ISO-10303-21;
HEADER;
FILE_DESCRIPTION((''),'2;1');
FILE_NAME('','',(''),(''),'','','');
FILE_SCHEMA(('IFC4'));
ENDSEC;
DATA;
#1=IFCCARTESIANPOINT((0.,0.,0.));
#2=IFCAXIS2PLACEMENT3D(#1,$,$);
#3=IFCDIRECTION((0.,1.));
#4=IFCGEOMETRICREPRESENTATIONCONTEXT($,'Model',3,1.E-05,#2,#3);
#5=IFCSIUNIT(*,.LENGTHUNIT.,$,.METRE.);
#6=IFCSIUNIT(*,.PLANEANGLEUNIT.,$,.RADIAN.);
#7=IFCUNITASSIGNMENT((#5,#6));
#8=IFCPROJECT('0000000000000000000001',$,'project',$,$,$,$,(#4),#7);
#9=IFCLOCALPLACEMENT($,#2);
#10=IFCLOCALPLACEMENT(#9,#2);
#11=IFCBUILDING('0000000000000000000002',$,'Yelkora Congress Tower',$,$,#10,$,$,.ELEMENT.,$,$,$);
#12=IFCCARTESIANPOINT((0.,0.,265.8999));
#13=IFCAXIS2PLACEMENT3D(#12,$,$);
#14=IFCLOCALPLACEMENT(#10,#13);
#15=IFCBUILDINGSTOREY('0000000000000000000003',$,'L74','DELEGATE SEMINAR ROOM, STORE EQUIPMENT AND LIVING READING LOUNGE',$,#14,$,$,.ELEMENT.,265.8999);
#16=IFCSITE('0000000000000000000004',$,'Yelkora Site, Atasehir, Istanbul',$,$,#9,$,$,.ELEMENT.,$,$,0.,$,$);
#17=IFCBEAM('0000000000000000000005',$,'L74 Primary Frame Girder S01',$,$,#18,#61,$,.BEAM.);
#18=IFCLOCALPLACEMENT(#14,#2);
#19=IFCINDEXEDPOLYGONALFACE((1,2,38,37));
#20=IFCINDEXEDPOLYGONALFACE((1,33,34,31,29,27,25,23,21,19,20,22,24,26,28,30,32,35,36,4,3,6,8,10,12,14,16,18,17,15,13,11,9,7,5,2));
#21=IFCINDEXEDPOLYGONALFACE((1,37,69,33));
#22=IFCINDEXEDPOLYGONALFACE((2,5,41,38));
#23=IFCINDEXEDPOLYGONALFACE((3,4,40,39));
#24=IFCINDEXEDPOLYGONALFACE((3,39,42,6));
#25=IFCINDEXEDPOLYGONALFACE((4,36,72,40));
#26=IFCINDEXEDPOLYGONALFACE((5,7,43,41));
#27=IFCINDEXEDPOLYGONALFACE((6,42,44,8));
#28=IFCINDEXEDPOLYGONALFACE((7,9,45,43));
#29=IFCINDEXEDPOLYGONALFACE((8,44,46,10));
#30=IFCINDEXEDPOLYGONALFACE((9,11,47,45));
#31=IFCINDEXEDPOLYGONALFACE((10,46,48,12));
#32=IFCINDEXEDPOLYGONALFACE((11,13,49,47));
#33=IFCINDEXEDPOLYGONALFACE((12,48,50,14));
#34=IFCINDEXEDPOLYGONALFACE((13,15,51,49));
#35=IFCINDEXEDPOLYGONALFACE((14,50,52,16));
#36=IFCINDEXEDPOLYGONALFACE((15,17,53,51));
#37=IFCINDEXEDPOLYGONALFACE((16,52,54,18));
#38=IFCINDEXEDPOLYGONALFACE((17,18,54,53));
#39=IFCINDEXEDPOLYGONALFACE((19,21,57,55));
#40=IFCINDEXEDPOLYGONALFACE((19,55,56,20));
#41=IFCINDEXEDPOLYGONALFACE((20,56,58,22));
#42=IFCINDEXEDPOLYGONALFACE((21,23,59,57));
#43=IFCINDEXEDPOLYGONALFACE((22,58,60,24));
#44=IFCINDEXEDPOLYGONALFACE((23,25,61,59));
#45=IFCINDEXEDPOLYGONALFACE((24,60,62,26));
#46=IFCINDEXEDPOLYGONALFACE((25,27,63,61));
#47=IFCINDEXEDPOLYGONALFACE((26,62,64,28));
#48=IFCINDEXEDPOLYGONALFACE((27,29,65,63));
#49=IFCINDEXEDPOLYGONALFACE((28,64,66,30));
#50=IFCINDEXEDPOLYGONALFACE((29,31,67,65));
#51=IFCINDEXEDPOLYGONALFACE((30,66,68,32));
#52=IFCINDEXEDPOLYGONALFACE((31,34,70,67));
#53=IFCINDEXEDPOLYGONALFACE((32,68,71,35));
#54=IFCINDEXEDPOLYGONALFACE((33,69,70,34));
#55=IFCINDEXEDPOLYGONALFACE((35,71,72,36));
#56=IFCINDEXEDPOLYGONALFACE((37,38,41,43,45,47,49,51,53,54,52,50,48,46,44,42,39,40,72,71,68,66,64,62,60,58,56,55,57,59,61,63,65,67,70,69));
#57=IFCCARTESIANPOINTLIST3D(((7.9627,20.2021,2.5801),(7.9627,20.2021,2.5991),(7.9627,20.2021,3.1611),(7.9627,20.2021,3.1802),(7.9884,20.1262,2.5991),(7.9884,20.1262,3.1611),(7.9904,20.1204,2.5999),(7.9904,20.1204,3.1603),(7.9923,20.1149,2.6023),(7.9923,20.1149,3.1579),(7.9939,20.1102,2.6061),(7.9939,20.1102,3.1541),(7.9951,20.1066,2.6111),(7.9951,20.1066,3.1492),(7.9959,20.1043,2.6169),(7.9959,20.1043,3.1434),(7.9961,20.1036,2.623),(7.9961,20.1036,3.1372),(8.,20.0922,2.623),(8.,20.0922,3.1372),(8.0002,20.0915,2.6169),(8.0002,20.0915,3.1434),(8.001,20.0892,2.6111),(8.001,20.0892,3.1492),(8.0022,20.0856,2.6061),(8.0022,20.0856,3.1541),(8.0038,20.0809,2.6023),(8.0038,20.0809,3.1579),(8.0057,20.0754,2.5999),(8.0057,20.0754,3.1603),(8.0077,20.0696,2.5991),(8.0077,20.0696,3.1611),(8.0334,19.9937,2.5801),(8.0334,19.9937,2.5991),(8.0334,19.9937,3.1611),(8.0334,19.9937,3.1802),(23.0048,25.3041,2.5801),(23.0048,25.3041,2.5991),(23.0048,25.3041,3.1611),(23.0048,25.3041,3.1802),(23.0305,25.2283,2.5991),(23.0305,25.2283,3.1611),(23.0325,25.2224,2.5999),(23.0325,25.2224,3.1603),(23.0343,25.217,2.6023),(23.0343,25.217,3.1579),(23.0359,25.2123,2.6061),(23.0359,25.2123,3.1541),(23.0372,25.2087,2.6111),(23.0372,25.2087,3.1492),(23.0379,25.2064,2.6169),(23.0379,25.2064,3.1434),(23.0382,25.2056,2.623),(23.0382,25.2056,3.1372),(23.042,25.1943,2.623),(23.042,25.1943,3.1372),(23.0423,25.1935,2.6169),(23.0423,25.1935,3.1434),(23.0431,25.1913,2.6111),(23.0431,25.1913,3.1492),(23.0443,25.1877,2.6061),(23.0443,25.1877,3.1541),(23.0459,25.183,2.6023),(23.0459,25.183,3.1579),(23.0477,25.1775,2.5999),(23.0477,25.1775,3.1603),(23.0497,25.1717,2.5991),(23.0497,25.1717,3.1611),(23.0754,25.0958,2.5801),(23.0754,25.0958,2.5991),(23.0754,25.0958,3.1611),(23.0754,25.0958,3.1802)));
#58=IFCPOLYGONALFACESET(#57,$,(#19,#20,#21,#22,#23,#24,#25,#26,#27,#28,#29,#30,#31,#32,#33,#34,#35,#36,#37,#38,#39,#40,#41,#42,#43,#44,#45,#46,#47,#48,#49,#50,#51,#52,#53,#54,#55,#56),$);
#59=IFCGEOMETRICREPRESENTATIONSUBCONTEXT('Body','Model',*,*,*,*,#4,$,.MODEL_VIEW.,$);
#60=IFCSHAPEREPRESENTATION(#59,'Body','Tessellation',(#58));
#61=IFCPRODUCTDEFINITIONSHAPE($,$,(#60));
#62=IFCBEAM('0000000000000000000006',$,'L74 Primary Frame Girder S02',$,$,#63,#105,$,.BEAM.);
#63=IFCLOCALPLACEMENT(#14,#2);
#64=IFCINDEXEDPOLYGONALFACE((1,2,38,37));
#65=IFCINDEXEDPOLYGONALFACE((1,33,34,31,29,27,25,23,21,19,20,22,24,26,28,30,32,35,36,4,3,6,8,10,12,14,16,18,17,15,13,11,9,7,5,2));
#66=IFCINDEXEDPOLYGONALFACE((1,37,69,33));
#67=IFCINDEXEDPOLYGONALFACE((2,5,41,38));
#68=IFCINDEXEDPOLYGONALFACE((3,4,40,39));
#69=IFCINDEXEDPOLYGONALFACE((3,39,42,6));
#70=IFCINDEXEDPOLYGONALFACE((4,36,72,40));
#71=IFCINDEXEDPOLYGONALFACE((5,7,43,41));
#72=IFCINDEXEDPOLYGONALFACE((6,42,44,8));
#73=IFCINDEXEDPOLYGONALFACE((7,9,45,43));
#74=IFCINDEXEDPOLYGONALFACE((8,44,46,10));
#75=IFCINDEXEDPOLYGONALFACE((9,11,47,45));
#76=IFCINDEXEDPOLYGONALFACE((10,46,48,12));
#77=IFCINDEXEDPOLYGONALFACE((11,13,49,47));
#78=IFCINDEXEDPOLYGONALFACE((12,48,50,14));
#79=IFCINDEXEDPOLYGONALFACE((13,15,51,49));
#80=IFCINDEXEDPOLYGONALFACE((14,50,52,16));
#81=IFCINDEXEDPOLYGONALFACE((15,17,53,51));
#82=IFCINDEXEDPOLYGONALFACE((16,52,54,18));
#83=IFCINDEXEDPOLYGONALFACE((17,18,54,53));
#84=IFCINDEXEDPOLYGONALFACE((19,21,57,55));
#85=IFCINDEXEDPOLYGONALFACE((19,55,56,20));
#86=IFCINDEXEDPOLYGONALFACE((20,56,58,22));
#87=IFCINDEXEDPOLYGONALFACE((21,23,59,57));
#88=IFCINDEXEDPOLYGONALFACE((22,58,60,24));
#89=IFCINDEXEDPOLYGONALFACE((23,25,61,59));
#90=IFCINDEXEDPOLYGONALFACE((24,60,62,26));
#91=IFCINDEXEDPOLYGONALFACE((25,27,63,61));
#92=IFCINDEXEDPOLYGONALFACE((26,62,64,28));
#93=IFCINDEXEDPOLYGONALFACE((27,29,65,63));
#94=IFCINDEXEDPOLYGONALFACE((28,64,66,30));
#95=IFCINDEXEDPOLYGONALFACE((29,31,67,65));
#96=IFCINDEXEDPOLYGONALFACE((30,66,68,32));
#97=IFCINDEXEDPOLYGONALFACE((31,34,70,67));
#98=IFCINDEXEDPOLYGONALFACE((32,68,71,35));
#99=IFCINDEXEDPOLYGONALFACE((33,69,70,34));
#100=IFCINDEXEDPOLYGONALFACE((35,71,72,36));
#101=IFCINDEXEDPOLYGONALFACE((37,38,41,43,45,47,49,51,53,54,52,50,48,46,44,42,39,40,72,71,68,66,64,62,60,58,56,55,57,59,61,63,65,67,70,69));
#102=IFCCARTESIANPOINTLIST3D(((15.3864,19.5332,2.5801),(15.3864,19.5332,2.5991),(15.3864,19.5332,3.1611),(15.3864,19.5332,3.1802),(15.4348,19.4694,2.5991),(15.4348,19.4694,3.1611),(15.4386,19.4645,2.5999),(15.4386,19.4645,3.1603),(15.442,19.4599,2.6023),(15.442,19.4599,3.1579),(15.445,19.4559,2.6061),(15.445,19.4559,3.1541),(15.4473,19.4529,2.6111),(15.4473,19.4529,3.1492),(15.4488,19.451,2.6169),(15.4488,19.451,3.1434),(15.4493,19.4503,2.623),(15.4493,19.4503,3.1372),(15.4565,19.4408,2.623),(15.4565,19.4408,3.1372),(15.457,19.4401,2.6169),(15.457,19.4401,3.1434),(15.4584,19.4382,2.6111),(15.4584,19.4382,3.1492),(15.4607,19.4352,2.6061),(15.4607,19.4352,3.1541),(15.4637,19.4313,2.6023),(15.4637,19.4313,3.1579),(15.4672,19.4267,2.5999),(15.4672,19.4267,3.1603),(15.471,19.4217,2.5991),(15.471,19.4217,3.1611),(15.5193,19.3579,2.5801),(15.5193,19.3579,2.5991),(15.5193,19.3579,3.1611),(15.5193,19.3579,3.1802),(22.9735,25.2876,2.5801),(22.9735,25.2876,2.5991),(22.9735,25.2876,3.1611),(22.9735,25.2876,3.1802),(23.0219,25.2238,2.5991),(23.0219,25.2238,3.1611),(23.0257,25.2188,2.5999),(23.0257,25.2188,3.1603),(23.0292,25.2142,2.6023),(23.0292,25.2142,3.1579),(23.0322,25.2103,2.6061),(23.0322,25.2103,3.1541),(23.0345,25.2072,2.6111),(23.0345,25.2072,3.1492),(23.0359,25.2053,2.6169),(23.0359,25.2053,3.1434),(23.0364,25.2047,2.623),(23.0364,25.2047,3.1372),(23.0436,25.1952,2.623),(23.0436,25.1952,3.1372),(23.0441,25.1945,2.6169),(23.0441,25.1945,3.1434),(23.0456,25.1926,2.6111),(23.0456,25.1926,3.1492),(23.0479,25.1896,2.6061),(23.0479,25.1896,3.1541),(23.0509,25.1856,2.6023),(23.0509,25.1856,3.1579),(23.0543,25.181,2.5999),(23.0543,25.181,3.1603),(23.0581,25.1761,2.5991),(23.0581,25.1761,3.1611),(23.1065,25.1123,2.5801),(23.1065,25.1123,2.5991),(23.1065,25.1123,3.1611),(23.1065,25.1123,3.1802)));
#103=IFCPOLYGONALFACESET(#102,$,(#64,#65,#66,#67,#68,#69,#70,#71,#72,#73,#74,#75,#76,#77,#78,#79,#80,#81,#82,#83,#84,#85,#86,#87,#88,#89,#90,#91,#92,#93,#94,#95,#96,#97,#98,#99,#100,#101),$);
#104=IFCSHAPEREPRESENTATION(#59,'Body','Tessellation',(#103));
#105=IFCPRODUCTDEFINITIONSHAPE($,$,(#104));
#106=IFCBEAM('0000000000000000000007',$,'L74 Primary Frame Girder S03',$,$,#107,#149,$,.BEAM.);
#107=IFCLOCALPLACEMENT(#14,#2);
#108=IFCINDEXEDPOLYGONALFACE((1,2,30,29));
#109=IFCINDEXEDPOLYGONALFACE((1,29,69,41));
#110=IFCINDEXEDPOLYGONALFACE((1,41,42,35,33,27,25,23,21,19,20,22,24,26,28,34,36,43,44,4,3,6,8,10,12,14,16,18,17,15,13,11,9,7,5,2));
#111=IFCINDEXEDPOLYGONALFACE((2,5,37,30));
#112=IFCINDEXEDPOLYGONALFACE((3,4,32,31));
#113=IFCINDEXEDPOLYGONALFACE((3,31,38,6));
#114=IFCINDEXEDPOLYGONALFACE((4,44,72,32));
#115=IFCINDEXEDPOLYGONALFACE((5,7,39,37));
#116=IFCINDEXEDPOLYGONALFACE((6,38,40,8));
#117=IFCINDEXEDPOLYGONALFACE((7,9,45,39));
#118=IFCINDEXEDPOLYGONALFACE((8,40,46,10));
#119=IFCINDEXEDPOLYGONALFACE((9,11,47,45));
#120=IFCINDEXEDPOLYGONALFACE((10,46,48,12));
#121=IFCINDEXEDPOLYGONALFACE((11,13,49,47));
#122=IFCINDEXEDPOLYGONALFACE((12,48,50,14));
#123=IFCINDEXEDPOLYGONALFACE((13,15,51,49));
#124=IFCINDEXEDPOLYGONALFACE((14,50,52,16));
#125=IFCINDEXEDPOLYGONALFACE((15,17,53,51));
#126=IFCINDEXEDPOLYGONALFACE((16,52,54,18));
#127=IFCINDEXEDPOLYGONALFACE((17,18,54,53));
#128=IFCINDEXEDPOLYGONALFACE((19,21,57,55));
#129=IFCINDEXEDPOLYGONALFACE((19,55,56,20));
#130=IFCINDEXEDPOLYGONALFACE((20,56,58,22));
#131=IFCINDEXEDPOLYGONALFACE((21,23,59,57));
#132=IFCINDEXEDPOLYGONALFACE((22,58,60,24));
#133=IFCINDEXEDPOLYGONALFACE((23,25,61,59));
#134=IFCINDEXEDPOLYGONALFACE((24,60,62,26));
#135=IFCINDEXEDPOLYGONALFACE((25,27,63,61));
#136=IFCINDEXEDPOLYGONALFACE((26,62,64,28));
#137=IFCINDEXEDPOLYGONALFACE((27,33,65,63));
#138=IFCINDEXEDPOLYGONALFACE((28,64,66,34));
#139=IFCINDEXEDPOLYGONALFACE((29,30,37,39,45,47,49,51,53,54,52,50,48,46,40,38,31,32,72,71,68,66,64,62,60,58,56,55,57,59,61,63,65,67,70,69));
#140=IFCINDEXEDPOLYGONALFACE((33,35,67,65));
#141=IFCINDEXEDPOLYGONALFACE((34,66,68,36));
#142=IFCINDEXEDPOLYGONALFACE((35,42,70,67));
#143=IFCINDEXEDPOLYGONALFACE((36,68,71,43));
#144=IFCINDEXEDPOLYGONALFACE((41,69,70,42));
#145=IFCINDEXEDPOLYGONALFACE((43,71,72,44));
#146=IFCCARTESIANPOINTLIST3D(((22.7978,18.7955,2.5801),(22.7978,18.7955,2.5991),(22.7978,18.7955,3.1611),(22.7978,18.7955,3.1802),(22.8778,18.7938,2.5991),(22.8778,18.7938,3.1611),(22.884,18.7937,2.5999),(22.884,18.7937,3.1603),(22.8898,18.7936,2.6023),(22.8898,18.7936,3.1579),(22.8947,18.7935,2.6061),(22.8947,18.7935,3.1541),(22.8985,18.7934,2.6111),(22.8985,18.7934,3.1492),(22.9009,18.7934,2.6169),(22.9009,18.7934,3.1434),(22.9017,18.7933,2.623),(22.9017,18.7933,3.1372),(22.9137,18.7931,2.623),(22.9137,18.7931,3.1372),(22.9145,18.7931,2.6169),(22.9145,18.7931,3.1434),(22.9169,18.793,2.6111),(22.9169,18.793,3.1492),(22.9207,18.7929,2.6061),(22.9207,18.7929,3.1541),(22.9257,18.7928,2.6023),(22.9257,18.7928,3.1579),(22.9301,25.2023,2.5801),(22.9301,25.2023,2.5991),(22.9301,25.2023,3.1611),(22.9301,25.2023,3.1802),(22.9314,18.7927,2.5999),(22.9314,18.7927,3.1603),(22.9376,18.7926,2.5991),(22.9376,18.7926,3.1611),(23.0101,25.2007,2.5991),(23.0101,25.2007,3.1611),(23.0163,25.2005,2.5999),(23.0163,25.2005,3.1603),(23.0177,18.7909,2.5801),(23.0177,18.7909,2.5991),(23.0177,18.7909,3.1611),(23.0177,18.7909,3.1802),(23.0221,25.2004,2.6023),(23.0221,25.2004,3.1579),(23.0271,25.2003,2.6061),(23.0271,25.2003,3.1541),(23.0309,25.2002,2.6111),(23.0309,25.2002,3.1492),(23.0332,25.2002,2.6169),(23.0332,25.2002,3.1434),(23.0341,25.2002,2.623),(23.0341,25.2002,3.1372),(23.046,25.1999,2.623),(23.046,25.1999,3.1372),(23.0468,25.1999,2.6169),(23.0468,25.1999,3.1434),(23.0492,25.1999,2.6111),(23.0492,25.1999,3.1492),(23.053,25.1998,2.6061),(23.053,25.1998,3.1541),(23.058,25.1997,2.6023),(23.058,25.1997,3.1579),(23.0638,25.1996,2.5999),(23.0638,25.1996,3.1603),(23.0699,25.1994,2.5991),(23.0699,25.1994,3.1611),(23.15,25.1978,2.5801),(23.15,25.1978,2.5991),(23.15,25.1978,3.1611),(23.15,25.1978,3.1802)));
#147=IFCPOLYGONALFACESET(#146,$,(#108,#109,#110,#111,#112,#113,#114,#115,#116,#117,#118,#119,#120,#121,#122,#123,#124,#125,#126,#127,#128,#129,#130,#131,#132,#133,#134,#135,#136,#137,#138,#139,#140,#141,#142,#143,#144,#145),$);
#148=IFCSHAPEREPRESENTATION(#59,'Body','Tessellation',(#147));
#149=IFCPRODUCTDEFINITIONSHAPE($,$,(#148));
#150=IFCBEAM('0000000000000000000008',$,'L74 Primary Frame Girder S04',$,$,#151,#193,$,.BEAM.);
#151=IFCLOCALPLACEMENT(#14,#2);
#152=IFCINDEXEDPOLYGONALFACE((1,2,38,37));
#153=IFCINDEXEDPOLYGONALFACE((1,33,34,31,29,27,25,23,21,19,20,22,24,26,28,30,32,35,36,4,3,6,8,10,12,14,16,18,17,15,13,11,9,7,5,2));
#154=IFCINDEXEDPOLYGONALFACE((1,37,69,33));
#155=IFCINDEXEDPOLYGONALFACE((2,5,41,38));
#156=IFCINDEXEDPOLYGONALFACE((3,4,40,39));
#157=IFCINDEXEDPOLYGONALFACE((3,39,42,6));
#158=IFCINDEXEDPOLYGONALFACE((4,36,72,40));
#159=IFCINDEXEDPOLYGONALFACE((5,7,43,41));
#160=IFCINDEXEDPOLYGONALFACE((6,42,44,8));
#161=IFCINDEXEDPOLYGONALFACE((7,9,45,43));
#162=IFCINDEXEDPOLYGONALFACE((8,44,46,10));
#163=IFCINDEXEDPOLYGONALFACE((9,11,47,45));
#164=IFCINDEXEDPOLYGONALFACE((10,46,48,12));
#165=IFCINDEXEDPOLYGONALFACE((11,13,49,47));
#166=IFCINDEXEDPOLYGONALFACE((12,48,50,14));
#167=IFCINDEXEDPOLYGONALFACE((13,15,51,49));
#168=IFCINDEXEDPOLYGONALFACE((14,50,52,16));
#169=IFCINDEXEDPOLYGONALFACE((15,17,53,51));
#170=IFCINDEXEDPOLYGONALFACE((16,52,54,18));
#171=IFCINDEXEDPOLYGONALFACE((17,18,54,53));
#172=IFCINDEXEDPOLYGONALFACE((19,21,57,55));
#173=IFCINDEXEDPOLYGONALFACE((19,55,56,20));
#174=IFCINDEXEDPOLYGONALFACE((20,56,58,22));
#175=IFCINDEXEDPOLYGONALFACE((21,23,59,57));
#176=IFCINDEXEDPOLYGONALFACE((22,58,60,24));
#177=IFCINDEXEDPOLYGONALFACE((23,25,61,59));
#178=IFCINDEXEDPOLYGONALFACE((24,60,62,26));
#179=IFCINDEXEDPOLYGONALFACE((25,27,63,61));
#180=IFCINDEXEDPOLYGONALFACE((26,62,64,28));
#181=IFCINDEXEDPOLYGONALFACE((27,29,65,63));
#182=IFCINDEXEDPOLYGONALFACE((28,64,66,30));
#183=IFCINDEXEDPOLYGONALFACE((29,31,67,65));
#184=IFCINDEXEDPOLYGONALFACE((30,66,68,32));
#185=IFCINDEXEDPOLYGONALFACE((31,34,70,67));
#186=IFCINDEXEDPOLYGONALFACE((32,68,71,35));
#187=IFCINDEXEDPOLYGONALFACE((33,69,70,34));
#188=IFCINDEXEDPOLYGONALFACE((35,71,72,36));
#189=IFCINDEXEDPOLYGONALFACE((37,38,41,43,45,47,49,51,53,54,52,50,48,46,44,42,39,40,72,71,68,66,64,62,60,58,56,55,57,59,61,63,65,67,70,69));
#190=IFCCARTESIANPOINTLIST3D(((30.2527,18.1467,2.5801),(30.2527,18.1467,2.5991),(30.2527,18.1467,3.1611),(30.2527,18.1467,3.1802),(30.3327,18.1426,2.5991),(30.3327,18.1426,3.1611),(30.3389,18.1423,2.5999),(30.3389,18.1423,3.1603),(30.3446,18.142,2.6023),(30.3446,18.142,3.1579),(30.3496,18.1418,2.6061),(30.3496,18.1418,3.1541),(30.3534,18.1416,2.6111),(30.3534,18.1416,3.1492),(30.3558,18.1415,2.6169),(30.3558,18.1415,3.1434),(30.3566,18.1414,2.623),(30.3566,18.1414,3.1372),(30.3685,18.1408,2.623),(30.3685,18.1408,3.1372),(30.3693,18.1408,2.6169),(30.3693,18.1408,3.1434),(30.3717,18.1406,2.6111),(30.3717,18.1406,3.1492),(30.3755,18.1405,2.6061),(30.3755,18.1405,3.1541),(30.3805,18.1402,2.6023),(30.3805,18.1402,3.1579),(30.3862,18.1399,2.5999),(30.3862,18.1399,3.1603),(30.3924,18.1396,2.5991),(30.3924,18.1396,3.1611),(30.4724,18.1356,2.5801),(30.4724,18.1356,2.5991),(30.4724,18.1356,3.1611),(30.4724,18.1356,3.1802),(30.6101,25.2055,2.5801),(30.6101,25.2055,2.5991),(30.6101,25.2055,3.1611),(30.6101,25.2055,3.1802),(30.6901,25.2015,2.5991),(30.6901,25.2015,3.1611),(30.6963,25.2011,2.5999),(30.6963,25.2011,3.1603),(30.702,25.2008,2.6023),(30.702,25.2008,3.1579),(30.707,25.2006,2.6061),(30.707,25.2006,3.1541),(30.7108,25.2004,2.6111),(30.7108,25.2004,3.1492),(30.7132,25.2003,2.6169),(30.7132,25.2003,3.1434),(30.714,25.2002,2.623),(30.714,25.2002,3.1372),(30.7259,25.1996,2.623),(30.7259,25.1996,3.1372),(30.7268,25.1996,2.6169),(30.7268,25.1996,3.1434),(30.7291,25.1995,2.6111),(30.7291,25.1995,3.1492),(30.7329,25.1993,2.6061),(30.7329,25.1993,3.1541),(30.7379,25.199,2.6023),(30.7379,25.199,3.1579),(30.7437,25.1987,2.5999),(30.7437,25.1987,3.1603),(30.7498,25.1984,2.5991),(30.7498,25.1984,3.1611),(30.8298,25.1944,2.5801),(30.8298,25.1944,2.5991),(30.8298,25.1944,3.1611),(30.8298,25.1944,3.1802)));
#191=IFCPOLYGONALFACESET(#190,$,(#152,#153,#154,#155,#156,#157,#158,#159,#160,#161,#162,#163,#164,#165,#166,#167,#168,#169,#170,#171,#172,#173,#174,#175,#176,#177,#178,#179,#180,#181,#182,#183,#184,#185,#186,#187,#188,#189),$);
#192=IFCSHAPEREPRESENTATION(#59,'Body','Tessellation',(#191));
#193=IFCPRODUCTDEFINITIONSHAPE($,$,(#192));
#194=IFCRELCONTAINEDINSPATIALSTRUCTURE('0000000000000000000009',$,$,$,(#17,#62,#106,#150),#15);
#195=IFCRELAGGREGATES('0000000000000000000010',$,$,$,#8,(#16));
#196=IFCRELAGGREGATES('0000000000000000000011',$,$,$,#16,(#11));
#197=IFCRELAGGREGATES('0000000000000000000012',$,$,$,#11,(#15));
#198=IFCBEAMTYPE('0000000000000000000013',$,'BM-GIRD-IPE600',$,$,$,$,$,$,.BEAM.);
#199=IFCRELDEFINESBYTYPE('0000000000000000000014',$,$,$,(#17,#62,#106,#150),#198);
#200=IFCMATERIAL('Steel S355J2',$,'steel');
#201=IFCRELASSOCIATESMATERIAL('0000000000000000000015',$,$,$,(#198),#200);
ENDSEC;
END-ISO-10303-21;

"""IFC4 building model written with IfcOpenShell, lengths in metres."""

from ifc_helpers import new_model, si_unit, direction, frame, origin, origin_2d, place, context, subcontext, project, spatial, i_section, extrude, material, material_profile, profile_set, type_object, element, save


model = new_model("IFC4")

# Units and contexts
model_context = context("Model", 3, precision=1e-05, world=origin(), true_north=direction((0.0, 1.0)))
body_context = subcontext(model_context, "Body", "Model", "MODEL_VIEW")
ifc_project = project(units=[si_unit("LENGTHUNIT", "METRE"), si_unit("PLANEANGLEUNIT", "RADIAN")], contexts=[model_context])

# Site, building, storey
site_placement = place(None, origin())
site = spatial("IfcSite", under=ifc_project, at=site_placement, Name="Yelkora Site, Atasehir, Istanbul", CompositionType="ELEMENT", RefElevation=0.0)
building_placement = place(site_placement, origin())
building = spatial("IfcBuilding", under=site, at=building_placement, Name="Yelkora Congress Tower", CompositionType="ELEMENT")
storey_placement = place(building_placement, frame((0.0, 0.0, 265.8999)))
storey = spatial("IfcBuildingStorey", under=building, at=storey_placement, Name="L74", Description="DELEGATE SEMINAR ROOM, STORE EQUIPMENT AND LIVING READING LOUNGE", CompositionType="ELEMENT", Elevation=265.8999)

# Shared definitions
ifc_material_1 = material(Name="Steel S355J2", Category="steel")

# Beams
ifc_material_profile_1 = material_profile(ifc_material_1, i_section(OverallWidth=0.22, OverallDepth=0.6001, WebThickness=0.012, FlangeThickness=0.019, FilletRadius=0.0239, at=origin_2d()), Name="IPE 600")
ifc_profile_set_1 = profile_set([ifc_material_profile_1], Name="Steel S355J2")
beam_type_1 = type_object("IfcBeamType", Name="BM-GIRD-IPE600", PredefinedType="BEAM", material=ifc_profile_set_1)
beam_1_placement = place(storey_placement, frame((7.998, 20.0979, 2.8801), z_axis=(0.947007, 0.321213, 0.0), x_axis=(-0.321213, 0.947007, 0.0)))
element("IfcBeam", 1, at=beam_1_placement, inside=storey, type_object=beam_type_1, Name="L74 Primary Frame Girder S01", PredefinedType="BEAM", context=body_context, shape_type="SweptSolid", body=[
    extrude(i_section(OverallWidth=0.22, OverallDepth=0.6001, WebThickness=0.012, FlangeThickness=0.019, FilletRadius=0.0239, at=origin_2d()), origin(), (0.0, 0.0, 1.0), 15.8838),
])
beam_2_placement = place(storey_placement, frame((15.4529, 19.4456, 2.8801), z_axis=(0.796761, 0.604294, 0.0), x_axis=(-0.604294, 0.796761, 0.0)))
element("IfcBeam", 2, at=beam_2_placement, inside=storey, type_object=beam_type_1, Name="L74 Primary Frame Girder S02", PredefinedType="BEAM", context=body_context, shape_type="SweptSolid", body=[
    extrude(i_section(OverallWidth=0.22, OverallDepth=0.6001, WebThickness=0.012, FlangeThickness=0.019, FilletRadius=0.0239, at=origin_2d()), origin(), (0.0, 0.0, 1.0), 9.5225),
])
beam_3_placement = place(storey_placement, frame((22.9077, 18.7932, 2.8801), z_axis=(0.02065, 0.999787, 0.0), x_axis=(-0.999787, 0.02065, 0.0)))
element("IfcBeam", 3, at=beam_3_placement, inside=storey, type_object=beam_type_1, Name="L74 Primary Frame Girder S03", PredefinedType="BEAM", context=body_context, shape_type="SweptSolid", body=[
    extrude(i_section(OverallWidth=0.22, OverallDepth=0.6001, WebThickness=0.012, FlangeThickness=0.019, FilletRadius=0.0239, at=origin_2d()), origin(), (0.0, 0.0, 1.0), 6.4082),
])
beam_4_placement = place(storey_placement, frame((30.3625, 18.1411, 2.8801), z_axis=(0.05057, 0.998721, 0.0), x_axis=(-0.998721, 0.05057, 0.0)))
element("IfcBeam", 4, at=beam_4_placement, inside=storey, type_object=beam_type_1, Name="L74 Primary Frame Girder S04", PredefinedType="BEAM", context=body_context, shape_type="SweptSolid", body=[
    extrude(i_section(OverallWidth=0.22, OverallDepth=0.6001, WebThickness=0.012, FlangeThickness=0.019, FilletRadius=0.0239, at=origin_2d()), origin(), (0.0, 0.0, 1.0), 7.0679),
])

save(model, "model.ifc")
